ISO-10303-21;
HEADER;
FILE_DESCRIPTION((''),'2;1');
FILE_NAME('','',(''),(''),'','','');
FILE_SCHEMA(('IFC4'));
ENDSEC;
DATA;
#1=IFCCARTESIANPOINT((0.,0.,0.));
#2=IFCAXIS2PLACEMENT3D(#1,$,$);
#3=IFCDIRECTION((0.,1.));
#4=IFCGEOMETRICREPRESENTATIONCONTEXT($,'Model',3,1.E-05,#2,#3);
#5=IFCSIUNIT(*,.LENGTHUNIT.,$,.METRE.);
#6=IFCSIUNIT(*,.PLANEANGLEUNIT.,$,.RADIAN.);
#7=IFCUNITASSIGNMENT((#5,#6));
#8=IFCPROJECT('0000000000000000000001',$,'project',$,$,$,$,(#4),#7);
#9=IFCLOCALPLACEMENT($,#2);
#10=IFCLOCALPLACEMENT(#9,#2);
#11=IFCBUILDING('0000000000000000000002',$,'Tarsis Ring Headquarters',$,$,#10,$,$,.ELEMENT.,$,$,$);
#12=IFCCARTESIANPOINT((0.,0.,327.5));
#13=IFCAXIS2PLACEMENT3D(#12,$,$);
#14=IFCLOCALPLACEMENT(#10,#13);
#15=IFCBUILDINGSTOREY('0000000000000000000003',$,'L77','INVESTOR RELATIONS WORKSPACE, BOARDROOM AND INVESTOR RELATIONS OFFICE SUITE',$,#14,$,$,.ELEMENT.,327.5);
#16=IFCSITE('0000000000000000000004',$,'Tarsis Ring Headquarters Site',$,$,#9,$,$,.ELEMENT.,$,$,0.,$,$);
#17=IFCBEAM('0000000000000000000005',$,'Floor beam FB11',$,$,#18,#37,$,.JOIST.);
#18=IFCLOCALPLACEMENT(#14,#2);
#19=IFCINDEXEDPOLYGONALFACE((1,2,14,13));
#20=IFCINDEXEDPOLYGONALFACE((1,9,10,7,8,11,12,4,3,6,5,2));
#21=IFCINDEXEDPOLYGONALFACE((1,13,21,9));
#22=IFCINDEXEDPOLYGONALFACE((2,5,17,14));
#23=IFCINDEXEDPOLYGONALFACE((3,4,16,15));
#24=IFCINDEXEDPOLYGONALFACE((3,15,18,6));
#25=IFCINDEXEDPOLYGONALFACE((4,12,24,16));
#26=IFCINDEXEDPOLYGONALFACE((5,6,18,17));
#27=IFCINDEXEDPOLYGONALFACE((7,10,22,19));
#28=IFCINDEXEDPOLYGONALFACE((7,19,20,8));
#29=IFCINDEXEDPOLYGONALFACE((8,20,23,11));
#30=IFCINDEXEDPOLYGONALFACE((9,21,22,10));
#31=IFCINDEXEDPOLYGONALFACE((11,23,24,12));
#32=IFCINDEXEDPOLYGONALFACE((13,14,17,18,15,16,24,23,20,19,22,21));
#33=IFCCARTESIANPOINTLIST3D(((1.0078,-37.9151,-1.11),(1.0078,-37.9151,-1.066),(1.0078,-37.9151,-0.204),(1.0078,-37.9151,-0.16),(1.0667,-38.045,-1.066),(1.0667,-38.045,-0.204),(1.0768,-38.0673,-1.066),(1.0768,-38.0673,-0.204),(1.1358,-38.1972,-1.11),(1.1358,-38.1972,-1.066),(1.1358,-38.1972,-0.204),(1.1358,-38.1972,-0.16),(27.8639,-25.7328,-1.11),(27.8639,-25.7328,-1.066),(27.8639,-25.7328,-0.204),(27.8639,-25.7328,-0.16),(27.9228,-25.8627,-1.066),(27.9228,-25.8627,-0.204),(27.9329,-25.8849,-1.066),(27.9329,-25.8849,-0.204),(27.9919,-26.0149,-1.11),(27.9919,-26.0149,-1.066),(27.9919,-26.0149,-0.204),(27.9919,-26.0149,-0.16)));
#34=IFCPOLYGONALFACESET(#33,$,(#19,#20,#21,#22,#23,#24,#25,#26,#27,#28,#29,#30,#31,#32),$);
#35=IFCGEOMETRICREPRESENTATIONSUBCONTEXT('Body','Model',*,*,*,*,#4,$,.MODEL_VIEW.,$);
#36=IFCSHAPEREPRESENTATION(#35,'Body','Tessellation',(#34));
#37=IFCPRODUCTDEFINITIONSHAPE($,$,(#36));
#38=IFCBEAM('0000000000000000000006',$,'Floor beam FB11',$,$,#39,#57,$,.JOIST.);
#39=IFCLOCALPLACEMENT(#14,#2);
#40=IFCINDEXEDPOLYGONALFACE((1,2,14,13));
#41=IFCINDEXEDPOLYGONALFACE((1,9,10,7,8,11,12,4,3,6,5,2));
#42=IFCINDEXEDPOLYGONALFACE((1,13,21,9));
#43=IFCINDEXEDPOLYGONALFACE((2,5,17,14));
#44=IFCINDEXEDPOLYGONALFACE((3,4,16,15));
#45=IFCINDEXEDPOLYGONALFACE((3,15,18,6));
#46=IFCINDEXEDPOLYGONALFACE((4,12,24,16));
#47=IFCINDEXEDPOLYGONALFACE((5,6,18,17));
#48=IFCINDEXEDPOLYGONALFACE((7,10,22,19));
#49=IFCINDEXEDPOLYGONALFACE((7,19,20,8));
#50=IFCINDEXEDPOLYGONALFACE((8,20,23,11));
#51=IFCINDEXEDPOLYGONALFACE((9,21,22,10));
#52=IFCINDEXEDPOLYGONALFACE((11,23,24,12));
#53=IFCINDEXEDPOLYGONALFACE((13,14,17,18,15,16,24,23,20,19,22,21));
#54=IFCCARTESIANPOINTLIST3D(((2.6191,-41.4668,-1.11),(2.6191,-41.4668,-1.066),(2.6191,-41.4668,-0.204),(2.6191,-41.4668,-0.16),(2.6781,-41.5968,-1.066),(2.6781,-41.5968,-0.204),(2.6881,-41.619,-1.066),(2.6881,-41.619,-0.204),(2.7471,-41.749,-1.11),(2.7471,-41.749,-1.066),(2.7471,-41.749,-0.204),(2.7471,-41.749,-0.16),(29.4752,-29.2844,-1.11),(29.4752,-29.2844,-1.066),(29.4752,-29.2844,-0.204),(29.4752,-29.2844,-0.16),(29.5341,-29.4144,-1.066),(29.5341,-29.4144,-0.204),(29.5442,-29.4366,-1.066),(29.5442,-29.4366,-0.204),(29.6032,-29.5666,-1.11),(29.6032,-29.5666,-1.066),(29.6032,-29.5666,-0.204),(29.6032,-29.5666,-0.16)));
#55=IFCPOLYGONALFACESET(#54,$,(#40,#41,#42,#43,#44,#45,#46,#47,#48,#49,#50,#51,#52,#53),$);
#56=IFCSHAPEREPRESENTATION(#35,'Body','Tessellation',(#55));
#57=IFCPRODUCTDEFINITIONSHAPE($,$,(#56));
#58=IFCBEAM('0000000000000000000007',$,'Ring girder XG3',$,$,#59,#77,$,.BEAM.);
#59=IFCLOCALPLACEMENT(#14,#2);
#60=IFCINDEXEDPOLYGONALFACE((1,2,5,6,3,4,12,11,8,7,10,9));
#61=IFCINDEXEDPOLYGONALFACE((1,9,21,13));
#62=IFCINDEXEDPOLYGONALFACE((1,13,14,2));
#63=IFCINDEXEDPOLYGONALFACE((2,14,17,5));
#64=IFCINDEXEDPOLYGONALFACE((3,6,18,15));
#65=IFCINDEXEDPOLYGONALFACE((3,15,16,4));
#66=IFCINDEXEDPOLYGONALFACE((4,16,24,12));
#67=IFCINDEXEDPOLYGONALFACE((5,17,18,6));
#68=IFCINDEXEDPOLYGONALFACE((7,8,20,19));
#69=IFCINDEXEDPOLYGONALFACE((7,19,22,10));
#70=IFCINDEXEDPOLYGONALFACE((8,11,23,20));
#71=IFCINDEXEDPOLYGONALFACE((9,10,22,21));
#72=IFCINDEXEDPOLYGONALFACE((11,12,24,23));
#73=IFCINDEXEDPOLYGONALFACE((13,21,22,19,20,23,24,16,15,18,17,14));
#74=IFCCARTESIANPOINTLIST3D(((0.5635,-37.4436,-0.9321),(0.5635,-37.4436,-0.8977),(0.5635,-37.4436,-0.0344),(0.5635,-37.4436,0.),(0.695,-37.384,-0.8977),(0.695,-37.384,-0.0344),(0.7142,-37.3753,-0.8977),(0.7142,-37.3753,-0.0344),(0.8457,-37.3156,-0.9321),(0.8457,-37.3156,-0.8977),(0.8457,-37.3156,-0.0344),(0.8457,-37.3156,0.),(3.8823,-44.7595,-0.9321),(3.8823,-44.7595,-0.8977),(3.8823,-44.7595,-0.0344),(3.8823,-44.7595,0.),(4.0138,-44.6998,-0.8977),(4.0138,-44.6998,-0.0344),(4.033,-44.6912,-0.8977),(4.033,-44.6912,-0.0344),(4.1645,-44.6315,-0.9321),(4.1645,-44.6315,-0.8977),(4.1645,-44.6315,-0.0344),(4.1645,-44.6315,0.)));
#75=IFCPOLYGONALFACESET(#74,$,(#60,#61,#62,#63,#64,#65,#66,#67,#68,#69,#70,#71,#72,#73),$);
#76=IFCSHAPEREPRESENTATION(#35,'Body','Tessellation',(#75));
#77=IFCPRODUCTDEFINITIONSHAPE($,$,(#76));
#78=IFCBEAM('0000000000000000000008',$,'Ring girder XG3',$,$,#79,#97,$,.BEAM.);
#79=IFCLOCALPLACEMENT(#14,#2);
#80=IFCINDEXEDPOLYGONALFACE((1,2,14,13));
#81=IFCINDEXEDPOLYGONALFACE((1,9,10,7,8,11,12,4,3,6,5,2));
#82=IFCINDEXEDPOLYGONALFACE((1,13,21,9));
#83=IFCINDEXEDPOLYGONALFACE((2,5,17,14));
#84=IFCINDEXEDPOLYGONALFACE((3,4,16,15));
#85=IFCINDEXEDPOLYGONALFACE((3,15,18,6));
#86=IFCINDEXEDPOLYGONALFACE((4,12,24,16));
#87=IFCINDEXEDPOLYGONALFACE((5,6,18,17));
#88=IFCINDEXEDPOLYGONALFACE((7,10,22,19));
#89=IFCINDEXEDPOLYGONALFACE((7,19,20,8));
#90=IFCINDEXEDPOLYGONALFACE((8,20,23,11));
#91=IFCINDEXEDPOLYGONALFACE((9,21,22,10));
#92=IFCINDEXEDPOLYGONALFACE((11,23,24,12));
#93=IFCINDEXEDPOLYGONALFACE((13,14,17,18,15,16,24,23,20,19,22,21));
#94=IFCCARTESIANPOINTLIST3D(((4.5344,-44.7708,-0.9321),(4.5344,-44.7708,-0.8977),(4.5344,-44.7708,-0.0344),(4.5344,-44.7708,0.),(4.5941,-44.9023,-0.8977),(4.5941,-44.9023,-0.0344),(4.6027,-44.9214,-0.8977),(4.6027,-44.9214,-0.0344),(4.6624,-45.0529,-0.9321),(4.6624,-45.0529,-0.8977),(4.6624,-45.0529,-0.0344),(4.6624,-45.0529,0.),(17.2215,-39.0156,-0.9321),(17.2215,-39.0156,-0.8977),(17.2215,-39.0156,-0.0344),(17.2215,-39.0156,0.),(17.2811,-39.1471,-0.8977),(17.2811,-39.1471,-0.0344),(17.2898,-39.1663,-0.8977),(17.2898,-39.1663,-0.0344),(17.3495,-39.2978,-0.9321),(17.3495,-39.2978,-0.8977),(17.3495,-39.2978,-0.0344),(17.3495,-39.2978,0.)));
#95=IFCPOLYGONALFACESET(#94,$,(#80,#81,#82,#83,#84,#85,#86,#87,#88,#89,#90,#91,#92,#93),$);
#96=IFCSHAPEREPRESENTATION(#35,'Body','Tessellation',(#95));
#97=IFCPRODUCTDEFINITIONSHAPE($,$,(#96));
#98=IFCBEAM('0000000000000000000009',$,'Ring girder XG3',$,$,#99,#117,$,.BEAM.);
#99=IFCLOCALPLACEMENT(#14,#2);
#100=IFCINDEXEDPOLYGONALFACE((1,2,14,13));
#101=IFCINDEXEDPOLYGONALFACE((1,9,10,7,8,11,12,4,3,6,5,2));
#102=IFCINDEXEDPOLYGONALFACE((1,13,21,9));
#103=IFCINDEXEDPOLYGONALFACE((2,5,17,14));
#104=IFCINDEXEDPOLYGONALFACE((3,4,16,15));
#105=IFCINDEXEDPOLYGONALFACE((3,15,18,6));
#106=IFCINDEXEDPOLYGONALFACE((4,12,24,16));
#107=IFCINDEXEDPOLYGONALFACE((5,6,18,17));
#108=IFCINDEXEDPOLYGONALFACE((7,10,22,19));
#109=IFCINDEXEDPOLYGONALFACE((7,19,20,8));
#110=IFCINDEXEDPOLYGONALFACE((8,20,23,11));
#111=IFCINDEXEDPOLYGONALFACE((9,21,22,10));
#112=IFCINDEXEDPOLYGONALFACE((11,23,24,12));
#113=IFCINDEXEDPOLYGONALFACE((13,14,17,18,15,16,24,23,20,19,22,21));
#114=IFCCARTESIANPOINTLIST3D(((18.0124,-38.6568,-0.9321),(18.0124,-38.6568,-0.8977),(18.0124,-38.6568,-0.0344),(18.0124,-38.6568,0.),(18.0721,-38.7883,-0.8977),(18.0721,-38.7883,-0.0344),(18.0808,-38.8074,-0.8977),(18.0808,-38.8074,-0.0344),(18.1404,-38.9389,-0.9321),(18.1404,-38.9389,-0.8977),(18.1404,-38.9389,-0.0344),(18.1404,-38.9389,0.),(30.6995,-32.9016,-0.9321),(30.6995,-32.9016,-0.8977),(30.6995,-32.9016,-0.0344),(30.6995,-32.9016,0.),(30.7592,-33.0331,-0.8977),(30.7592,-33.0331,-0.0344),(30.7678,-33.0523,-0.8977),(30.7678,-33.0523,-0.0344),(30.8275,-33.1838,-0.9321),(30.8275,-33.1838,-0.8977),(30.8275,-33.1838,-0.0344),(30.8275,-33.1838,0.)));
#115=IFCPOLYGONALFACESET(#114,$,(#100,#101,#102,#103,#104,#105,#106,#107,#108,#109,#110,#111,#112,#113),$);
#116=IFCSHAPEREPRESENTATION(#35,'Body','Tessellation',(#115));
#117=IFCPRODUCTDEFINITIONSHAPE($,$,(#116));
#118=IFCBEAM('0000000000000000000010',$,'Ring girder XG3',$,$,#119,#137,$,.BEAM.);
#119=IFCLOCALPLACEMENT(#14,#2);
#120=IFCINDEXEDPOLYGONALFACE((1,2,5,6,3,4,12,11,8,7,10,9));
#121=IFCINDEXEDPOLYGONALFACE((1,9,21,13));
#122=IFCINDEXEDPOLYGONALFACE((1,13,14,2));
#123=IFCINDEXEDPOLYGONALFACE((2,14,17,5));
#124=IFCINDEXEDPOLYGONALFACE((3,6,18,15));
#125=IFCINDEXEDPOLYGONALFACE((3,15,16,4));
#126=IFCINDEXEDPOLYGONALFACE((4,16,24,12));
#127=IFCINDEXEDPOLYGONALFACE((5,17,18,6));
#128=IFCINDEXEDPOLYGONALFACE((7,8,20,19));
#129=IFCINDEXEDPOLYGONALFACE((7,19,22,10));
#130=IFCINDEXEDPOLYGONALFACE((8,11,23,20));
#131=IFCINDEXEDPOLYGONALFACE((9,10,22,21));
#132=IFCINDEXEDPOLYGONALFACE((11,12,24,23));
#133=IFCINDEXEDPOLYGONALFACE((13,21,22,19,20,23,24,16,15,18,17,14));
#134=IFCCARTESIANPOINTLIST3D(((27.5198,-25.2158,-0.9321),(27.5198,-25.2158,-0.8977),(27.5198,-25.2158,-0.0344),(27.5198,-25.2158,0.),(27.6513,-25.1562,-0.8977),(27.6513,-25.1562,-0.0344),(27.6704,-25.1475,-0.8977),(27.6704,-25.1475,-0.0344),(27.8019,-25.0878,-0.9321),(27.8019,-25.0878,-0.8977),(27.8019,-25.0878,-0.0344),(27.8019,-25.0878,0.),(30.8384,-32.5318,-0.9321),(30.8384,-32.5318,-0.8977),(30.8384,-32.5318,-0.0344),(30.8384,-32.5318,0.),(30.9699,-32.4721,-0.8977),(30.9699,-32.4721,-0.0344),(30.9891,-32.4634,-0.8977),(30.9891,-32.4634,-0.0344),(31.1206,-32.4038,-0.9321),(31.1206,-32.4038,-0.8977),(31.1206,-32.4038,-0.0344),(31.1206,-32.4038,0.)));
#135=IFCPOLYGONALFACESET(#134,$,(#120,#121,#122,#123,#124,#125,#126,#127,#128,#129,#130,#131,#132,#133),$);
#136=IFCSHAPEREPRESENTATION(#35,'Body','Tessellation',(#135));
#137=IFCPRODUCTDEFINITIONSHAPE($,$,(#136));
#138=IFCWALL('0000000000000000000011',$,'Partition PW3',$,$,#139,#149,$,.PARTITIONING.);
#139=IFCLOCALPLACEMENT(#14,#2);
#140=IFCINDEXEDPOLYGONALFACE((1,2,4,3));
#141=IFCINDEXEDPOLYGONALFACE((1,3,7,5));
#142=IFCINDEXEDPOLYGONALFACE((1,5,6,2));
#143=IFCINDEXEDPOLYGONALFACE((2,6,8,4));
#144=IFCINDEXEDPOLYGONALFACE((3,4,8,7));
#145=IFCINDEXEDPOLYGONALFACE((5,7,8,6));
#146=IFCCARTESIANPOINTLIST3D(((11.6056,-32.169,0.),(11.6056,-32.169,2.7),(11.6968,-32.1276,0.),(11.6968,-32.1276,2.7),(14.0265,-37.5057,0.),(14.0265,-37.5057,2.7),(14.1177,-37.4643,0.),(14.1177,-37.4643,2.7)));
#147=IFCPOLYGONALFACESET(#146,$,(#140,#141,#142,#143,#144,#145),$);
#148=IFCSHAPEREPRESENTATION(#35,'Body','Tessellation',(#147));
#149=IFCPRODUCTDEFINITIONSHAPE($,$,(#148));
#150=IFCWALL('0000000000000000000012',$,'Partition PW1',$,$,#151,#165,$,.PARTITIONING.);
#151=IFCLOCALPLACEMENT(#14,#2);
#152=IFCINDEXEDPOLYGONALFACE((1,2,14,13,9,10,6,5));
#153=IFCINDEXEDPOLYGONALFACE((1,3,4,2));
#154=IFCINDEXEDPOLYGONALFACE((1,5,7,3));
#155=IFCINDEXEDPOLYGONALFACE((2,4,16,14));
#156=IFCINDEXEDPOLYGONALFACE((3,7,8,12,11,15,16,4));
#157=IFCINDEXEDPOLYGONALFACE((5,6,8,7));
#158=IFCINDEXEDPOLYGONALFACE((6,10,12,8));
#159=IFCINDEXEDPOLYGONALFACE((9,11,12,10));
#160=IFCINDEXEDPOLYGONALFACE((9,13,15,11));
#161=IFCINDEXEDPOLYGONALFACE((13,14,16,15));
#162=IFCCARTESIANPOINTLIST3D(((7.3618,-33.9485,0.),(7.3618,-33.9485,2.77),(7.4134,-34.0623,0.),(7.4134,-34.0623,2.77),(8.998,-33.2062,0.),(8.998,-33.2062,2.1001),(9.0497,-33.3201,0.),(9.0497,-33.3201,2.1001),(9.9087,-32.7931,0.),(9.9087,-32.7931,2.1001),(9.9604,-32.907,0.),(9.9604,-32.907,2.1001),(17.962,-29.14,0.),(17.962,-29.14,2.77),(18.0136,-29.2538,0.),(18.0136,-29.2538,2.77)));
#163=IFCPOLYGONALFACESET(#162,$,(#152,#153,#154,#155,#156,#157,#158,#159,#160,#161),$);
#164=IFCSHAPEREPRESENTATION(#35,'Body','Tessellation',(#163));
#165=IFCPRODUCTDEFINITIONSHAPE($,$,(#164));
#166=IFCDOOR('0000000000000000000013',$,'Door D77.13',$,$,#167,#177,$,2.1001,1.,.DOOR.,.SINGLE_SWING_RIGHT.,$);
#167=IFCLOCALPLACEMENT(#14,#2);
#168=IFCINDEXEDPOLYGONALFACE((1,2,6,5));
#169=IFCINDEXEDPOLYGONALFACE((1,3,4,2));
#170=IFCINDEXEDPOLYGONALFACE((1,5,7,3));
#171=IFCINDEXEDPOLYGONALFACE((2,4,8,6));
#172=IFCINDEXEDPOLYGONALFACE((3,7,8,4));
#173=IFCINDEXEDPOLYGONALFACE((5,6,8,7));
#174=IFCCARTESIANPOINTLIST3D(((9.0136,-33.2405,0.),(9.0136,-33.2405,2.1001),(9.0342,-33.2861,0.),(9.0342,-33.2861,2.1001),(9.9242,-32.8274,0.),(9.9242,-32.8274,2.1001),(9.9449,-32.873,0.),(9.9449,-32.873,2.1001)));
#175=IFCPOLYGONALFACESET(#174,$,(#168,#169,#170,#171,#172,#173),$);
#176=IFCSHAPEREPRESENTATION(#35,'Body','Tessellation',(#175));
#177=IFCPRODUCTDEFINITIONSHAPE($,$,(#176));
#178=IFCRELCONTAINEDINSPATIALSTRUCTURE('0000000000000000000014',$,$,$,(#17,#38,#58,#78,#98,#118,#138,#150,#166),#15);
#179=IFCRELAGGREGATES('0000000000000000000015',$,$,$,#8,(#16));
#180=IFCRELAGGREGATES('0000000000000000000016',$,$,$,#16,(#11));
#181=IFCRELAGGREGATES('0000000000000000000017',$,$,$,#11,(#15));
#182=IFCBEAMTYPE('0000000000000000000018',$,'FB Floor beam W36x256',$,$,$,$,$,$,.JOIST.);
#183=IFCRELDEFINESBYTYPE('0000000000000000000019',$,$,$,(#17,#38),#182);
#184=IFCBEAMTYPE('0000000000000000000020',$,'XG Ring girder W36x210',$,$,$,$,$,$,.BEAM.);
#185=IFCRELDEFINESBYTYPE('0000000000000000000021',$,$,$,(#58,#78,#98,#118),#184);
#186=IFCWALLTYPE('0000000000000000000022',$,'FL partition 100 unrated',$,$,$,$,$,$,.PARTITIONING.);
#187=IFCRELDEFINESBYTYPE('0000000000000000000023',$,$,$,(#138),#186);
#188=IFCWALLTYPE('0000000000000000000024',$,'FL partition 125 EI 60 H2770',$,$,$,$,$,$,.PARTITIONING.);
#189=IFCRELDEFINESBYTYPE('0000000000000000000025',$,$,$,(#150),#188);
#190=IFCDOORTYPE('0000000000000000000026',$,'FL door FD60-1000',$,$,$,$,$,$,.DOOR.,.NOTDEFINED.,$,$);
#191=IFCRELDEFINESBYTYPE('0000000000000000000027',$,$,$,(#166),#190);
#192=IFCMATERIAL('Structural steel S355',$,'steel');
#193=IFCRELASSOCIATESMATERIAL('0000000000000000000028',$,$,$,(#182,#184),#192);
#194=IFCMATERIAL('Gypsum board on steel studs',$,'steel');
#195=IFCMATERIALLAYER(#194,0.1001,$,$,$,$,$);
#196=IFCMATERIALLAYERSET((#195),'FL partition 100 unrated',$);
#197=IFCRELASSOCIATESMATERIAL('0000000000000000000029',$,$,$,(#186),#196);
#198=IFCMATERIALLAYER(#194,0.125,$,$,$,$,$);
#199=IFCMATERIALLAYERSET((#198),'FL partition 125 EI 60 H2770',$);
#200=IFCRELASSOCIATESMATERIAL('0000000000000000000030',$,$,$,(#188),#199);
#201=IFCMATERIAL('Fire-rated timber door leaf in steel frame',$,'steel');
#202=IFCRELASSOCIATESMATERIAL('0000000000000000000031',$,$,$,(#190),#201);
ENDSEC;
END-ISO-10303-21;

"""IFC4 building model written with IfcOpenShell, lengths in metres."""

from ifc_helpers import new_model, si_unit, direction, frame, frame_2d, origin, origin_2d, place, context, subcontext, project, spatial, rectangle, i_section, extrude, material, layer, layer_set, material_profile, profile_set, type_object, element, fill, save


model = new_model("IFC4")

# Units and contexts
model_context = context("Model", 3, precision=1e-05, world=origin(), true_north=direction((0.0, 1.0)))
body_context = subcontext(model_context, "Body", "Model", "MODEL_VIEW")
ifc_project = project(units=[si_unit("LENGTHUNIT", "METRE"), si_unit("PLANEANGLEUNIT", "RADIAN")], contexts=[model_context])

# Site, building, storey
site_placement = place(None, origin())
site = spatial("IfcSite", under=ifc_project, at=site_placement, Name="Tarsis Ring Headquarters Site", CompositionType="ELEMENT", RefElevation=0.0)
building_placement = place(site_placement, origin())
building = spatial("IfcBuilding", under=site, at=building_placement, Name="Tarsis Ring Headquarters", CompositionType="ELEMENT")
storey_placement = place(building_placement, frame((0.0, 0.0, 327.5)))
storey = spatial("IfcBuildingStorey", under=building, at=storey_placement, Name="L77", Description="INVESTOR RELATIONS WORKSPACE, BOARDROOM AND INVESTOR RELATIONS OFFICE SUITE", CompositionType="ELEMENT", Elevation=327.5)

# Shared definitions
ifc_material_1 = material(Name="Structural steel S355", Category="steel")

# Beams
ifc_material_profile_1 = material_profile(ifc_material_1, i_section(OverallWidth=0.3098, OverallDepth=0.95, WebThickness=0.0244, FlangeThickness=0.0439, at=origin_2d()), Name="W36x256")
ifc_profile_set_1 = profile_set([ifc_material_profile_1], Name="Structural steel S355")
beam_type_1 = type_object("IfcBeamType", Name="FB Floor beam W36x256", PredefinedType="JOIST", material=ifc_profile_set_1)
for number, where, z_axis, x_axis, name in (
    (1, (1.0718, -38.0562, -0.635), (0.910685, 0.4131, 0.0), (-0.4131, 0.910685, 0.0), "Floor beam FB11"),
    (2, (2.6831, -41.6079, -0.635), (0.910684, 0.413104, 0.0), (-0.413104, 0.910684, 0.0), "Floor beam FB11"),
):
    element("IfcBeam", number, at=place(storey_placement, frame(where, z_axis=z_axis, x_axis=x_axis)), inside=storey, type_object=beam_type_1, Name=name, PredefinedType="JOIST", context=body_context, shape_type="SweptSolid", body=[
        extrude(i_section(OverallWidth=0.3098, OverallDepth=0.95, WebThickness=0.0244, FlangeThickness=0.0439, at=origin_2d()), origin(), (0.0, 0.0, 1.0), 29.49),
    ])
ifc_material_profile_2 = material_profile(ifc_material_1, i_section(OverallWidth=0.3098, OverallDepth=0.9321, WebThickness=0.021, FlangeThickness=0.0344, at=origin_2d()), Name="W36x210")
ifc_profile_set_2 = profile_set([ifc_material_profile_2], Name="Structural steel S355")
beam_type_2 = type_object("IfcBeamType", Name="XG Ring girder W36x210", PredefinedType="BEAM", material=ifc_profile_set_2)
beam_1_placement = place(storey_placement, frame((0.7046, -37.3796, -0.4661), z_axis=(0.413125, -0.910674, 0.0), x_axis=(0.910674, 0.413125, 0.0)))
element("IfcBeam", 3, at=beam_1_placement, inside=storey, type_object=beam_type_2, Name="Ring girder XG3", PredefinedType="BEAM", context=body_context, shape_type="SweptSolid", body=[
    extrude(i_section(OverallWidth=0.3098, OverallDepth=0.9321, WebThickness=0.021, FlangeThickness=0.0344, at=origin_2d()), origin(), (0.0, 0.0, 1.0), 8.0334),
])
for number, where, z_axis, x_axis, name in (
    (4, (4.5984, -44.9119, -0.4661), (0.910682, 0.413107, 0.0), (-0.413107, 0.910682, 0.0), "Ring girder XG3"),
    (5, (18.0764, -38.7979, -0.4661), (0.910682, 0.413107, 0.0), (-0.413107, 0.910682, 0.0), "Ring girder XG3"),
):
    element("IfcBeam", number, at=place(storey_placement, frame(where, z_axis=z_axis, x_axis=x_axis)), inside=storey, type_object=beam_type_2, Name=name, PredefinedType="BEAM", context=body_context, shape_type="SweptSolid", body=[
        extrude(i_section(OverallWidth=0.3098, OverallDepth=0.9321, WebThickness=0.021, FlangeThickness=0.0344, at=origin_2d()), origin(), (0.0, 0.0, 1.0), 13.9314),
    ])
beam_2_placement = place(storey_placement, frame((30.9795, -32.4678, -0.4661), z_axis=(-0.4131, 0.910686, 0.0), x_axis=(-0.910686, -0.4131, 0.0)))
element("IfcBeam", 6, at=beam_2_placement, inside=storey, type_object=beam_type_2, Name="Ring girder XG3", PredefinedType="BEAM", context=body_context, shape_type="SweptSolid", body=[
    extrude(i_section(OverallWidth=0.3098, OverallDepth=0.9321, WebThickness=0.021, FlangeThickness=0.0344, at=origin_2d()), origin(), (0.0, 0.0, 1.0), 8.0334),
])

# Wall
ifc_material_2 = material(Name="Gypsum board on steel studs", Category="steel")
ifc_layer_1 = layer(ifc_material_2, 0.1001)
ifc_layer_set_1 = layer_set([ifc_layer_1], Name="FL partition 100 unrated")
wall_type_1 = type_object("IfcWallType", Name="FL partition 100 unrated", PredefinedType="PARTITIONING", material=ifc_layer_set_1)
wall_1_placement = place(storey_placement, frame((11.6511, -32.1482, 0.0), z_axis=(0.0, 0.0, 1.0), x_axis=(0.413115, -0.910679, 0.0)))
element("IfcWall", 7, at=wall_1_placement, inside=storey, type_object=wall_type_1, Name="Partition PW3", PredefinedType="PARTITIONING", context=body_context, shape_type="SweptSolid", body=[
    extrude(rectangle(XDim=5.8601, YDim=0.1001, at=frame_2d((2.9302, 0.0))), origin(), (0.0, 0.0, 1.0), 2.7),
])

# Wall, opening, door
ifc_layer_2 = layer(ifc_material_2, 0.125)
ifc_layer_set_2 = layer_set([ifc_layer_2], Name="FL partition 125 EI 60 H2770")
wall_type_2 = type_object("IfcWallType", Name="FL partition 125 EI 60 H2770", PredefinedType="PARTITIONING", material=ifc_layer_set_2)
wall_2_placement = place(storey_placement, frame((7.3877, -34.0054, 0.0), z_axis=(0.0, 0.0, 1.0), x_axis=(0.910682, 0.413109, 0.0)))
wall_2 = element("IfcWall", 8, at=wall_2_placement, inside=storey, type_object=wall_type_2, Name="Partition PW1", PredefinedType="PARTITIONING", context=body_context, shape_type="SweptSolid", body=[
    extrude(rectangle(XDim=11.6399, YDim=0.125, at=frame_2d((5.8198, 0.0))), origin(), (0.0, 0.0, 1.0), 2.77),
])
opening_1_placement = place(wall_2_placement, frame((1.7966, 0.0, 0.0)))
opening_1 = element("IfcOpeningElement", 9, at=opening_1_placement, cuts=wall_2, PredefinedType="OPENING", context=body_context, shape_type="SweptSolid", body=[
    extrude(rectangle(XDim=1.0, YDim=2.1001, at=frame_2d((0.5, 1.05))), frame((0.0, 0.0725, 0.0), z_axis=(0.0, -1.0, 0.0), x_axis=(1.0, 0.0, 0.0)), (0.0, 0.0, 1.0), 0.145),
])
ifc_material_3 = material(Name="Fire-rated timber door leaf in steel frame", Category="steel")
door_type = type_object("IfcDoorType", Name="FL door FD60-1000", OperationType="NOTDEFINED", PredefinedType="DOOR", material=ifc_material_3)
door_placement = place(opening_1_placement, origin())
door = element("IfcDoor", 10, at=door_placement, inside=storey, type_object=door_type, Name="Door D77.13", OperationType="SINGLE_SWING_RIGHT", OverallHeight=2.1001, OverallWidth=1.0, PredefinedType="DOOR", context=body_context, shape_type="SweptSolid", body=[
    extrude(rectangle(XDim=1.0, YDim=2.1001, at=frame_2d((0.5, 1.05))), frame((0.0, 0.0249, 0.0), z_axis=(0.0, -1.0, 0.0), x_axis=(1.0, 0.0, 0.0)), (0.0, 0.0, 1.0), 0.05),
])
fill(opening_1, door)

save(model, "model.ifc")
